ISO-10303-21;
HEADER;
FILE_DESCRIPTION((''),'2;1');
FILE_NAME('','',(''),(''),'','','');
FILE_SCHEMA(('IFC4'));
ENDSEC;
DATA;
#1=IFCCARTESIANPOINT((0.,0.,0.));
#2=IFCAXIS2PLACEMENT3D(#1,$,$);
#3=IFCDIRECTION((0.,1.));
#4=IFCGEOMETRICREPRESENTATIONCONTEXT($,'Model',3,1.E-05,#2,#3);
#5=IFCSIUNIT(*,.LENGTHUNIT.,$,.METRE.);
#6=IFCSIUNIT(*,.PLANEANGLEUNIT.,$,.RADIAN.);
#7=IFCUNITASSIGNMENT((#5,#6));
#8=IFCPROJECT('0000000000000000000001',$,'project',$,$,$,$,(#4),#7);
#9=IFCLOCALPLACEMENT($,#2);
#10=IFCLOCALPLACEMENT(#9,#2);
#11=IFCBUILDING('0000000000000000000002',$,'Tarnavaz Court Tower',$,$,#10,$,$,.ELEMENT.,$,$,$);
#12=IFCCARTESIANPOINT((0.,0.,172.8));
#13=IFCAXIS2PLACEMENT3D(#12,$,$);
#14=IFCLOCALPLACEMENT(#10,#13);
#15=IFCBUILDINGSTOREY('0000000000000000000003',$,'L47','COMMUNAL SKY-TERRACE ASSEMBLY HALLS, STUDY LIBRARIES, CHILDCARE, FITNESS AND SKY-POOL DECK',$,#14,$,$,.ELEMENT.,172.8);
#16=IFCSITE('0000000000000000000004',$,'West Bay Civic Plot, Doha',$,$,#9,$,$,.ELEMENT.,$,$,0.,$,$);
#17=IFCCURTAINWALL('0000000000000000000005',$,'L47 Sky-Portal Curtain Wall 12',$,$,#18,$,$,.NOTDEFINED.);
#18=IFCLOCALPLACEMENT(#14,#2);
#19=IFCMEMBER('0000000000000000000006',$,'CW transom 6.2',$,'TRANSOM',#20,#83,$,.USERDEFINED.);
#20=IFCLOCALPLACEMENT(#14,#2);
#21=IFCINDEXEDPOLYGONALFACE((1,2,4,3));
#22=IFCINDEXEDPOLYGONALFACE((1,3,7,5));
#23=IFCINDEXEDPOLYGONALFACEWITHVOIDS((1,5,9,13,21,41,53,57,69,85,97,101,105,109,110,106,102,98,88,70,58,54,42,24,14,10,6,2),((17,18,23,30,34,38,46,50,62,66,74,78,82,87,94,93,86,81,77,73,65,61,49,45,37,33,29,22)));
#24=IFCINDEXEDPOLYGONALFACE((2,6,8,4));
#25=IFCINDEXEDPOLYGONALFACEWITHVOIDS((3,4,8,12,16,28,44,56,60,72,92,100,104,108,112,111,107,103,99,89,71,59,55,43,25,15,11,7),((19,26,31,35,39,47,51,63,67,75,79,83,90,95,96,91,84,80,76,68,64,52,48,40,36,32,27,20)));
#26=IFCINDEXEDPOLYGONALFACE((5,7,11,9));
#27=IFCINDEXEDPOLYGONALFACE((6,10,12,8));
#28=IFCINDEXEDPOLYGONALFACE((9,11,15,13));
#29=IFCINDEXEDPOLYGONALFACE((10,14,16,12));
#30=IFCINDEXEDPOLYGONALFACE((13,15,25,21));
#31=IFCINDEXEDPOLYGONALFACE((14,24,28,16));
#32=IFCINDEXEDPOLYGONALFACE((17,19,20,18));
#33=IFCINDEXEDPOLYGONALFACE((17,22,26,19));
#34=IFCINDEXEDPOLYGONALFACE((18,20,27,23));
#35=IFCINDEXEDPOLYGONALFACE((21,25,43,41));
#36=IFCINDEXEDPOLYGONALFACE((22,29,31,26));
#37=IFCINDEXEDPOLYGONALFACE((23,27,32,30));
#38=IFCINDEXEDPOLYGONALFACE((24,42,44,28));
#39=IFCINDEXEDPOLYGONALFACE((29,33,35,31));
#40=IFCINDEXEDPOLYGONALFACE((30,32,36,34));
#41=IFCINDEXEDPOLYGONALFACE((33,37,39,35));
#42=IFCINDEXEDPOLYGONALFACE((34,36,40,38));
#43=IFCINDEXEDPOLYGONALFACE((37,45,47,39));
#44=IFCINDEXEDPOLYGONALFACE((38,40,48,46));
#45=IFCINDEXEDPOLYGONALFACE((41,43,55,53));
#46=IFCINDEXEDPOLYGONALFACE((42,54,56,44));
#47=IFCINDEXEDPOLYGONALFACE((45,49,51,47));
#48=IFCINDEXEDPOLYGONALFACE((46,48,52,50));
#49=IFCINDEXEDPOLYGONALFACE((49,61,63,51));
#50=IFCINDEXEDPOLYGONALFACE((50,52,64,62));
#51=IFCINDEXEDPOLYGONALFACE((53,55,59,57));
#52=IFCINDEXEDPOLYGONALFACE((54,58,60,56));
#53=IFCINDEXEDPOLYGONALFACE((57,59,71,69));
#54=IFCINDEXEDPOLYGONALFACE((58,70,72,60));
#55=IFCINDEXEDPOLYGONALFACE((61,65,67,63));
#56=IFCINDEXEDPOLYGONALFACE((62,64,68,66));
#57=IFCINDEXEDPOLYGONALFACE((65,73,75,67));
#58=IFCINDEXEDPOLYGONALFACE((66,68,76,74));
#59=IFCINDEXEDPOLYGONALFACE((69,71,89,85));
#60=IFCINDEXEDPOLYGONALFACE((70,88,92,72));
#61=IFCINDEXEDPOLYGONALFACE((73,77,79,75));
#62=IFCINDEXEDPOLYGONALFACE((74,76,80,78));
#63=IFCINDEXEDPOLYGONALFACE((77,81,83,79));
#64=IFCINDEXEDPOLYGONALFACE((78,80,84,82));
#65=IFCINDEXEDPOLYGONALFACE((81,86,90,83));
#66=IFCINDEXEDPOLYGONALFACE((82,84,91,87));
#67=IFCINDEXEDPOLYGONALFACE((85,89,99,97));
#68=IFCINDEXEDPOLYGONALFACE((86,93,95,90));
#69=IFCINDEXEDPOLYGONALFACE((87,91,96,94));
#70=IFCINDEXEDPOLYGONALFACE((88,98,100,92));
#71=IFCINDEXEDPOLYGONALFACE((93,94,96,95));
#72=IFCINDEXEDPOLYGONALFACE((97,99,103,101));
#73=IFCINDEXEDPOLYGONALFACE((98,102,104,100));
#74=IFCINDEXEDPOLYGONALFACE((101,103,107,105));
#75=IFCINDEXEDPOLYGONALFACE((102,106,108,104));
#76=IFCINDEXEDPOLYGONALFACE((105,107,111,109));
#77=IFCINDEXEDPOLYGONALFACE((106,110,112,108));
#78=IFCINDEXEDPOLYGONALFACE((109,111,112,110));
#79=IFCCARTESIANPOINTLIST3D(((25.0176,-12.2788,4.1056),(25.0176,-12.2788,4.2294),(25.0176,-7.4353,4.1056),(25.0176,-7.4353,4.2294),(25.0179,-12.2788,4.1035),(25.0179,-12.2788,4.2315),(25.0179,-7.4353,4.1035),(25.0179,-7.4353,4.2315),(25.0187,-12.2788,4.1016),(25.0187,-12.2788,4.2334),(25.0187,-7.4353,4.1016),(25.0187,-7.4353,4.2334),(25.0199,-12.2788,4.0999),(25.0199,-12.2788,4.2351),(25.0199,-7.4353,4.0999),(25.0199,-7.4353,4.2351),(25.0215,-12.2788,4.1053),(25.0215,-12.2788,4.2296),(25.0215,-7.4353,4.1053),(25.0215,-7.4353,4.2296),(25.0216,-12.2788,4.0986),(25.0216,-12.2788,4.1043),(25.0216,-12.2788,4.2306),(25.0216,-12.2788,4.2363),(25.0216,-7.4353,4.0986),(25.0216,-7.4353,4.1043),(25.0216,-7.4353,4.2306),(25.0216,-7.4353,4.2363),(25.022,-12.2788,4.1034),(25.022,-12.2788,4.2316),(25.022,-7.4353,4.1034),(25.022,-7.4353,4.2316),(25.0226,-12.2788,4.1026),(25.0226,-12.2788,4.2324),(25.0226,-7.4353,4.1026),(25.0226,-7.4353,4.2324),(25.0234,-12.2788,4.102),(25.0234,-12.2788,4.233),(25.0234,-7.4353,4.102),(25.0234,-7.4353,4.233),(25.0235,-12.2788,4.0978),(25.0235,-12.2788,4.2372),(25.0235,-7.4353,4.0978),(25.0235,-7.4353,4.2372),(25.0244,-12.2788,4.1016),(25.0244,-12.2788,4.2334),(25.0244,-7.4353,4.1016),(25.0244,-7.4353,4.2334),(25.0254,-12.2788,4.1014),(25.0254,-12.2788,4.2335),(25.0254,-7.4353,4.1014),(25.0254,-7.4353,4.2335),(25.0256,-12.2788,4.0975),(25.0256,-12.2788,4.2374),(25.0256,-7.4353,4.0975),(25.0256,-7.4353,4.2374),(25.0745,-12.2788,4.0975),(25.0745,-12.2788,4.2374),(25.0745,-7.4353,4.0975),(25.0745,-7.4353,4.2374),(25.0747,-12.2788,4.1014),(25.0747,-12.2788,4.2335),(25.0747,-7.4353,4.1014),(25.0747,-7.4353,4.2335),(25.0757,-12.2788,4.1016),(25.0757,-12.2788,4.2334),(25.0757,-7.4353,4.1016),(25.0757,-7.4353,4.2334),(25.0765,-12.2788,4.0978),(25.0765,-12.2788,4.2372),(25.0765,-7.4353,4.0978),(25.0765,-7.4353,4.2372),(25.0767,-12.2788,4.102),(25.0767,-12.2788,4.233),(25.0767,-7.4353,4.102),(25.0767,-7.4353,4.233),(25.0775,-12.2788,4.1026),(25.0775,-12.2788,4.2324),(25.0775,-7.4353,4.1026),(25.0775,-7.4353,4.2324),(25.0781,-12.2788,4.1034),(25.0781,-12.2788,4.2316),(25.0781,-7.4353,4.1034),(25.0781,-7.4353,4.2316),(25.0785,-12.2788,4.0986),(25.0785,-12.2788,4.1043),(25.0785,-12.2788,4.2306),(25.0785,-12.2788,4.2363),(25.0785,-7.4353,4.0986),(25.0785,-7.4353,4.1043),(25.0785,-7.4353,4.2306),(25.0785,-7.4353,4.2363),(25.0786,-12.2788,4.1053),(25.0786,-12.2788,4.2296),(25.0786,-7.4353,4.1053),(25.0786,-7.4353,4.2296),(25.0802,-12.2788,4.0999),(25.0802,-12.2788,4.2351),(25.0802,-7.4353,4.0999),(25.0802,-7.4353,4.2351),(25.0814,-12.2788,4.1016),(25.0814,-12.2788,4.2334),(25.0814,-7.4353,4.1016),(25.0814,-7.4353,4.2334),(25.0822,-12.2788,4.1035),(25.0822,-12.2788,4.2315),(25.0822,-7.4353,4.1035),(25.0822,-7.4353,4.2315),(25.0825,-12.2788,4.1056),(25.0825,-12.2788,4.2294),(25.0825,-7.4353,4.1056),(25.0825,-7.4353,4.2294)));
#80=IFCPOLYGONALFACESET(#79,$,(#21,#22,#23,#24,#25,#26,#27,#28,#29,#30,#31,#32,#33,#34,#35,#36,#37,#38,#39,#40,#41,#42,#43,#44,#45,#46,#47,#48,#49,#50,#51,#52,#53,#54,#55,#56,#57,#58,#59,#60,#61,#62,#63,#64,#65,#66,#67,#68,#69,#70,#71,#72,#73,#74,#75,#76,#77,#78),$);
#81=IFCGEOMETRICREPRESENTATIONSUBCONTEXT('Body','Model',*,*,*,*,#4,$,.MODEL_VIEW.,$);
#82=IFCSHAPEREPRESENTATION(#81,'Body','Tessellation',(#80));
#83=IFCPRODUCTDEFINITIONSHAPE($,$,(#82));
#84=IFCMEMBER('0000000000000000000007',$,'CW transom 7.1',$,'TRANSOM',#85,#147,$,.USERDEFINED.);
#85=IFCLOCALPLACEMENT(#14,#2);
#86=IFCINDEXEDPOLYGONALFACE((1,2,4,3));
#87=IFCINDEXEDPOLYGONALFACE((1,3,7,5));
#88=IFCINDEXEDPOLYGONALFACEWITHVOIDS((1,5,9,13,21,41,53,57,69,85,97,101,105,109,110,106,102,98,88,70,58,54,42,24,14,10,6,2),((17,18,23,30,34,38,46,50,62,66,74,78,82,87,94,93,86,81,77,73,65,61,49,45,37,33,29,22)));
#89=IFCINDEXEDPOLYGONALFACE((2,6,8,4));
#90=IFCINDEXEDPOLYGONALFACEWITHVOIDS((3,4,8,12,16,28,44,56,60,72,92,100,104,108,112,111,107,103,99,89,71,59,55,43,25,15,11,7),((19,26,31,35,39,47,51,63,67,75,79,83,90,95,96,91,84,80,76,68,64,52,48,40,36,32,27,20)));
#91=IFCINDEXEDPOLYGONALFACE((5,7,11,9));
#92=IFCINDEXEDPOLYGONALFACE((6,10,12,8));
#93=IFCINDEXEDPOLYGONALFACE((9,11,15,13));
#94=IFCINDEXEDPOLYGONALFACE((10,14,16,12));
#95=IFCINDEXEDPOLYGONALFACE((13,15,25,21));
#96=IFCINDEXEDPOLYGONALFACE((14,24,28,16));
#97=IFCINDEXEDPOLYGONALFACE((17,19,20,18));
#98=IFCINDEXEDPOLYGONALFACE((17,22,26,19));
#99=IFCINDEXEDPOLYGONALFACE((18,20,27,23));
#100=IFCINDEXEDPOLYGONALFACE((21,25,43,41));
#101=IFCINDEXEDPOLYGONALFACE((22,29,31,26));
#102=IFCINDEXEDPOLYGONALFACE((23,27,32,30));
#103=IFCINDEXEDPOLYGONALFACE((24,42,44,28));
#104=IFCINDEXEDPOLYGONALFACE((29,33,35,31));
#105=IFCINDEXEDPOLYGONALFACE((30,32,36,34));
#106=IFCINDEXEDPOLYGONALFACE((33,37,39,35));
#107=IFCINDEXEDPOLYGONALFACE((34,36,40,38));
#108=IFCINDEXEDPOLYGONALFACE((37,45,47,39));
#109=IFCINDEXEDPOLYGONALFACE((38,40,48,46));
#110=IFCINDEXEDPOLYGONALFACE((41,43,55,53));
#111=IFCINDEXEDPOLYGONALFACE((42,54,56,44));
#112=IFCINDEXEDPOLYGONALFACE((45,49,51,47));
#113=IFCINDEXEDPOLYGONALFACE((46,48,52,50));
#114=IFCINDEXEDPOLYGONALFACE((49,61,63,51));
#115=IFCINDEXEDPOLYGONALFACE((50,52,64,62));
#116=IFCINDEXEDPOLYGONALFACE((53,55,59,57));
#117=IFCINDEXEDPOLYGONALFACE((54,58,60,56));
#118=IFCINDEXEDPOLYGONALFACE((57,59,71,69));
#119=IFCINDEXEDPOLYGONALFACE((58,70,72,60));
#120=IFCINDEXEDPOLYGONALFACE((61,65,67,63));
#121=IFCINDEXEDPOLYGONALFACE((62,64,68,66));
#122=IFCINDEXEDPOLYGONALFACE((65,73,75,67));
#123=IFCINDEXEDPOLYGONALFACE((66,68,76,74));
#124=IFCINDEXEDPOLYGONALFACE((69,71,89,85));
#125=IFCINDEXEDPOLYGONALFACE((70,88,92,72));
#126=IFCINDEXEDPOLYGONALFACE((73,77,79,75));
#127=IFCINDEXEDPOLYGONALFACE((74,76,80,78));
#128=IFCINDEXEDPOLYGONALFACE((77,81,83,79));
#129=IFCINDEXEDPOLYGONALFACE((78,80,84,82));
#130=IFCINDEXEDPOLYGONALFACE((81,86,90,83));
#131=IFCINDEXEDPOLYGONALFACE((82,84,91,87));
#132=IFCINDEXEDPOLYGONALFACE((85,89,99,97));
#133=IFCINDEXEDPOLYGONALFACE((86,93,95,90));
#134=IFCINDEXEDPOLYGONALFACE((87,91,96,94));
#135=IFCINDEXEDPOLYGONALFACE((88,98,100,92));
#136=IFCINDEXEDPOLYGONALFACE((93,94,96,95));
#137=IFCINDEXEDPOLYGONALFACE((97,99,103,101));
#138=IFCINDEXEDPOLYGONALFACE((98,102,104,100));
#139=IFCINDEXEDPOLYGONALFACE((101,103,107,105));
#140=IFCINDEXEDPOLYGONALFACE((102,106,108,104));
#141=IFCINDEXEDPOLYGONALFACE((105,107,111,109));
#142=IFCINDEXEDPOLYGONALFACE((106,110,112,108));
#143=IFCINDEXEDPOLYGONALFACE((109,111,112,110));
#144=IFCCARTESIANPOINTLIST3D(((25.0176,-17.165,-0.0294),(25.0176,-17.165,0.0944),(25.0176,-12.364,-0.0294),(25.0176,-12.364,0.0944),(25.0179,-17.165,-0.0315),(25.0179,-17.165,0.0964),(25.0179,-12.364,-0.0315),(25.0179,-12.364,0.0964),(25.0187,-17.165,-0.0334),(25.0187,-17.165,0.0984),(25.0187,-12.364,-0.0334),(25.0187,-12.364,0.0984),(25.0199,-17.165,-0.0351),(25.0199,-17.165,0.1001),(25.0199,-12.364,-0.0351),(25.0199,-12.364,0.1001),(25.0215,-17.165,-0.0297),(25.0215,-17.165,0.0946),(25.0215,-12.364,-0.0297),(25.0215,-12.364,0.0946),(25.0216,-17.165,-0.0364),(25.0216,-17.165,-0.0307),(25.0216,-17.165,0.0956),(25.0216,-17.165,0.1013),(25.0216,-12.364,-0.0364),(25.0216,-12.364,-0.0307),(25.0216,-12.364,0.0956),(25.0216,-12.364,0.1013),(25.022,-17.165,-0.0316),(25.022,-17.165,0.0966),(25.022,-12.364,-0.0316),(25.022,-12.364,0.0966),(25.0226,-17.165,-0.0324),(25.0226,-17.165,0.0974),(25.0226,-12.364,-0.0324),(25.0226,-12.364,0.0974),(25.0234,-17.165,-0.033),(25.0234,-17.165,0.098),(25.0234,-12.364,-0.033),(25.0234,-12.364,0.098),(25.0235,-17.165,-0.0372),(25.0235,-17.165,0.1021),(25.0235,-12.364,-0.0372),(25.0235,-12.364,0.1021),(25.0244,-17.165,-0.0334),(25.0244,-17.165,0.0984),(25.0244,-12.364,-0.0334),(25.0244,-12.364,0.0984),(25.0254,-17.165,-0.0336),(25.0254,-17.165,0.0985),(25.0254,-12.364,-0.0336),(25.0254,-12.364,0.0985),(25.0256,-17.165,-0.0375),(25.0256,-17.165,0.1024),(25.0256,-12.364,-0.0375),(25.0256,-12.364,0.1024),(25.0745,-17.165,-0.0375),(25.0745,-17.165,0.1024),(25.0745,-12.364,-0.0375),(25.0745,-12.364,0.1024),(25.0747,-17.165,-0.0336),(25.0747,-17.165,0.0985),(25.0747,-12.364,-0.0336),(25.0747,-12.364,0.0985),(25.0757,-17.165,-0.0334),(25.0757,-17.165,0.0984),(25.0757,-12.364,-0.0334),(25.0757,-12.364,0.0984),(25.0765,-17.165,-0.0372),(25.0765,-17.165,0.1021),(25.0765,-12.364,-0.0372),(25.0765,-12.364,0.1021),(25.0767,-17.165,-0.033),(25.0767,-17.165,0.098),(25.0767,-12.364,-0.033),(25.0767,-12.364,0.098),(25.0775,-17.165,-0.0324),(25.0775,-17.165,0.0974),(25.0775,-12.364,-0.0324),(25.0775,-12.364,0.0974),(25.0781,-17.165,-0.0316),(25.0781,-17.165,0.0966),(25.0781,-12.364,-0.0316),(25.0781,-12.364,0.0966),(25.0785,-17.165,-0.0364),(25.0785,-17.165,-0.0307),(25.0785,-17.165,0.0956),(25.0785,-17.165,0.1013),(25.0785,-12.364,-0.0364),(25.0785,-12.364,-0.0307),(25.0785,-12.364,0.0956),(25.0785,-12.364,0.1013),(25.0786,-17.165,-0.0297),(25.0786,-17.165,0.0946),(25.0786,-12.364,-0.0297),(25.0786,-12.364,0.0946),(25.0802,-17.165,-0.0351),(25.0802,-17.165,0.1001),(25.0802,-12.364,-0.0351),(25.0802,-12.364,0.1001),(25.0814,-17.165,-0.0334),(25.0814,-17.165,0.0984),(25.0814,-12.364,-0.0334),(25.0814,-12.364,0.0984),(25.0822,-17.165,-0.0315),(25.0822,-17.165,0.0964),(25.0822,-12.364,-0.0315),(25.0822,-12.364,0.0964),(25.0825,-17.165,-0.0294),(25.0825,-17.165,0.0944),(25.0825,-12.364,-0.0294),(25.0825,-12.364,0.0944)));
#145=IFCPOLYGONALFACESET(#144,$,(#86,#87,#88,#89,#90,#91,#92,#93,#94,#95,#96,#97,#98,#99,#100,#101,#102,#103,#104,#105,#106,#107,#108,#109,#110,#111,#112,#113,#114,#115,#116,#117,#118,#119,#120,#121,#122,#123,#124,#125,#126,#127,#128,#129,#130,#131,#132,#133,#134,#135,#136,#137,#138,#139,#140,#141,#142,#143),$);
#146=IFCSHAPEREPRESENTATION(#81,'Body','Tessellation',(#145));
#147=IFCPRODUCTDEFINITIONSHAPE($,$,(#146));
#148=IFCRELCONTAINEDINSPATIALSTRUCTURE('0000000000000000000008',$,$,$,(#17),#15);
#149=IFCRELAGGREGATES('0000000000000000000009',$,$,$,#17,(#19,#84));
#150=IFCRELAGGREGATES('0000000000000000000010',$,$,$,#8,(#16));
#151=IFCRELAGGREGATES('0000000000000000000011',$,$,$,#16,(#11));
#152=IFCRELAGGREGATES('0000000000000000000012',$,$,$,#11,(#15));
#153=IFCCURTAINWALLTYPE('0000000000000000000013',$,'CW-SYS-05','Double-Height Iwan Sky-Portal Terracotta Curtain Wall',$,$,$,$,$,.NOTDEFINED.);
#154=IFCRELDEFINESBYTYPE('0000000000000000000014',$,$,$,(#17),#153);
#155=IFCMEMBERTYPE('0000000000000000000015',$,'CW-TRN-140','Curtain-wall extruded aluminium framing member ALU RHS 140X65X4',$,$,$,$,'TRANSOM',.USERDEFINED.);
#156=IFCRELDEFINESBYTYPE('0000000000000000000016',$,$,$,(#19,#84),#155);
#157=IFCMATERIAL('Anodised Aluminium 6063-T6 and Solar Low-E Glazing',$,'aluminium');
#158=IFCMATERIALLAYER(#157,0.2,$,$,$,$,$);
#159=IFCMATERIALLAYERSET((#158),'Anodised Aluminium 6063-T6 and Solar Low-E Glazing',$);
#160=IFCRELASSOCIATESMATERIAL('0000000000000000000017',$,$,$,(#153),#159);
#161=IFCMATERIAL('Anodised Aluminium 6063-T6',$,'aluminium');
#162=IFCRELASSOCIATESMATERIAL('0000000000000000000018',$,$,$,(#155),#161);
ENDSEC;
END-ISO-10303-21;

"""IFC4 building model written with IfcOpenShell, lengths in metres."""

from ifc_helpers import new_model, si_unit, direction, frame, origin, origin_2d, place, context, subcontext, project, spatial, hollow_rectangle, extrude, material, layer, layer_set, material_profile, profile_set, type_object, element, aggregate, save


model = new_model("IFC4")

# Units and contexts
model_context = context("Model", 3, precision=1e-05, world=origin(), true_north=direction((0.0, 1.0)))
body_context = subcontext(model_context, "Body", "Model", "MODEL_VIEW")
ifc_project = project(units=[si_unit("LENGTHUNIT", "METRE"), si_unit("PLANEANGLEUNIT", "RADIAN")], contexts=[model_context])

# Site, building, storey
site_placement = place(None, origin())
site = spatial("IfcSite", under=ifc_project, at=site_placement, Name="West Bay Civic Plot, Doha", CompositionType="ELEMENT", RefElevation=0.0)
building_placement = place(site_placement, origin())
building = spatial("IfcBuilding", under=site, at=building_placement, Name="Tarnavaz Court Tower", CompositionType="ELEMENT")
storey_placement = place(building_placement, frame((0.0, 0.0, 172.8)))
storey = spatial("IfcBuildingStorey", under=building, at=storey_placement, Name="L47", Description="COMMUNAL SKY-TERRACE ASSEMBLY HALLS, STUDY LIBRARIES, CHILDCARE, FITNESS AND SKY-POOL DECK", CompositionType="ELEMENT", Elevation=172.8)

# Curtain wall, members
ifc_material_1 = material(Name="Anodised Aluminium 6063-T6 and Solar Low-E Glazing", Category="aluminium")
ifc_layer_1 = layer(ifc_material_1, 0.2)
ifc_layer_set_1 = layer_set([ifc_layer_1], Name="Anodised Aluminium 6063-T6 and Solar Low-E Glazing")
curtain_wall_type = type_object("IfcCurtainWallType", Name="CW-SYS-05", Description="Double-Height Iwan Sky-Portal Terracotta Curtain Wall", PredefinedType="NOTDEFINED", material=ifc_layer_set_1)
curtain_wall_placement = place(storey_placement, origin())
curtain_wall = element("IfcCurtainWall", 1, at=curtain_wall_placement, inside=storey, type_object=curtain_wall_type, Name="L47 Sky-Portal Curtain Wall 12", PredefinedType="NOTDEFINED")
ifc_material_2 = material(Name="Anodised Aluminium 6063-T6", Category="aluminium")
ifc_material_profile_1 = material_profile(ifc_material_2, hollow_rectangle(XDim=0.0649, YDim=0.1399, WallThickness=0.0039, InnerFilletRadius=0.0039, OuterFilletRadius=0.0081, at=origin_2d()), Name="ALU RHS 140X65X4")
ifc_profile_set_1 = profile_set([ifc_material_profile_1], Name="Anodised Aluminium 6063-T6")
member_type_1 = type_object("IfcMemberType", Name="CW-TRN-140", Description="Curtain-wall extruded aluminium framing member ALU RHS 140X65X4", ElementType="TRANSOM", PredefinedType="USERDEFINED", material=ifc_profile_set_1)
member_1_placement = place(storey_placement, frame((25.05, -7.4353, 4.1675), z_axis=(0.0, -1.0, 0.0), x_axis=(1.0, 0.0, 0.0)))
member_1 = element("IfcMember", 2, at=member_1_placement, type_object=member_type_1, Name="CW transom 6.2", ObjectType="TRANSOM", PredefinedType="USERDEFINED", context=body_context, shape_type="SweptSolid", body=[
    extrude(hollow_rectangle(XDim=0.0649, YDim=0.1399, WallThickness=0.0039, InnerFilletRadius=0.0039, OuterFilletRadius=0.0081, at=origin_2d()), origin(), (0.0, 0.0, 1.0), 4.8435),
])
member_2_placement = place(storey_placement, frame((25.05, -12.364, 0.0325), z_axis=(0.0, -1.0, 0.0), x_axis=(1.0, 0.0, 0.0)))
member_2 = element("IfcMember", 3, at=member_2_placement, type_object=member_type_1, Name="CW transom 7.1", ObjectType="TRANSOM", PredefinedType="USERDEFINED", context=body_context, shape_type="SweptSolid", body=[
    extrude(hollow_rectangle(XDim=0.0649, YDim=0.1399, WallThickness=0.0039, InnerFilletRadius=0.0039, OuterFilletRadius=0.0081, at=origin_2d()), origin(), (0.0, 0.0, 1.0), 4.801),
])
aggregate(curtain_wall, [member_1, member_2])

save(model, "model.ifc")
